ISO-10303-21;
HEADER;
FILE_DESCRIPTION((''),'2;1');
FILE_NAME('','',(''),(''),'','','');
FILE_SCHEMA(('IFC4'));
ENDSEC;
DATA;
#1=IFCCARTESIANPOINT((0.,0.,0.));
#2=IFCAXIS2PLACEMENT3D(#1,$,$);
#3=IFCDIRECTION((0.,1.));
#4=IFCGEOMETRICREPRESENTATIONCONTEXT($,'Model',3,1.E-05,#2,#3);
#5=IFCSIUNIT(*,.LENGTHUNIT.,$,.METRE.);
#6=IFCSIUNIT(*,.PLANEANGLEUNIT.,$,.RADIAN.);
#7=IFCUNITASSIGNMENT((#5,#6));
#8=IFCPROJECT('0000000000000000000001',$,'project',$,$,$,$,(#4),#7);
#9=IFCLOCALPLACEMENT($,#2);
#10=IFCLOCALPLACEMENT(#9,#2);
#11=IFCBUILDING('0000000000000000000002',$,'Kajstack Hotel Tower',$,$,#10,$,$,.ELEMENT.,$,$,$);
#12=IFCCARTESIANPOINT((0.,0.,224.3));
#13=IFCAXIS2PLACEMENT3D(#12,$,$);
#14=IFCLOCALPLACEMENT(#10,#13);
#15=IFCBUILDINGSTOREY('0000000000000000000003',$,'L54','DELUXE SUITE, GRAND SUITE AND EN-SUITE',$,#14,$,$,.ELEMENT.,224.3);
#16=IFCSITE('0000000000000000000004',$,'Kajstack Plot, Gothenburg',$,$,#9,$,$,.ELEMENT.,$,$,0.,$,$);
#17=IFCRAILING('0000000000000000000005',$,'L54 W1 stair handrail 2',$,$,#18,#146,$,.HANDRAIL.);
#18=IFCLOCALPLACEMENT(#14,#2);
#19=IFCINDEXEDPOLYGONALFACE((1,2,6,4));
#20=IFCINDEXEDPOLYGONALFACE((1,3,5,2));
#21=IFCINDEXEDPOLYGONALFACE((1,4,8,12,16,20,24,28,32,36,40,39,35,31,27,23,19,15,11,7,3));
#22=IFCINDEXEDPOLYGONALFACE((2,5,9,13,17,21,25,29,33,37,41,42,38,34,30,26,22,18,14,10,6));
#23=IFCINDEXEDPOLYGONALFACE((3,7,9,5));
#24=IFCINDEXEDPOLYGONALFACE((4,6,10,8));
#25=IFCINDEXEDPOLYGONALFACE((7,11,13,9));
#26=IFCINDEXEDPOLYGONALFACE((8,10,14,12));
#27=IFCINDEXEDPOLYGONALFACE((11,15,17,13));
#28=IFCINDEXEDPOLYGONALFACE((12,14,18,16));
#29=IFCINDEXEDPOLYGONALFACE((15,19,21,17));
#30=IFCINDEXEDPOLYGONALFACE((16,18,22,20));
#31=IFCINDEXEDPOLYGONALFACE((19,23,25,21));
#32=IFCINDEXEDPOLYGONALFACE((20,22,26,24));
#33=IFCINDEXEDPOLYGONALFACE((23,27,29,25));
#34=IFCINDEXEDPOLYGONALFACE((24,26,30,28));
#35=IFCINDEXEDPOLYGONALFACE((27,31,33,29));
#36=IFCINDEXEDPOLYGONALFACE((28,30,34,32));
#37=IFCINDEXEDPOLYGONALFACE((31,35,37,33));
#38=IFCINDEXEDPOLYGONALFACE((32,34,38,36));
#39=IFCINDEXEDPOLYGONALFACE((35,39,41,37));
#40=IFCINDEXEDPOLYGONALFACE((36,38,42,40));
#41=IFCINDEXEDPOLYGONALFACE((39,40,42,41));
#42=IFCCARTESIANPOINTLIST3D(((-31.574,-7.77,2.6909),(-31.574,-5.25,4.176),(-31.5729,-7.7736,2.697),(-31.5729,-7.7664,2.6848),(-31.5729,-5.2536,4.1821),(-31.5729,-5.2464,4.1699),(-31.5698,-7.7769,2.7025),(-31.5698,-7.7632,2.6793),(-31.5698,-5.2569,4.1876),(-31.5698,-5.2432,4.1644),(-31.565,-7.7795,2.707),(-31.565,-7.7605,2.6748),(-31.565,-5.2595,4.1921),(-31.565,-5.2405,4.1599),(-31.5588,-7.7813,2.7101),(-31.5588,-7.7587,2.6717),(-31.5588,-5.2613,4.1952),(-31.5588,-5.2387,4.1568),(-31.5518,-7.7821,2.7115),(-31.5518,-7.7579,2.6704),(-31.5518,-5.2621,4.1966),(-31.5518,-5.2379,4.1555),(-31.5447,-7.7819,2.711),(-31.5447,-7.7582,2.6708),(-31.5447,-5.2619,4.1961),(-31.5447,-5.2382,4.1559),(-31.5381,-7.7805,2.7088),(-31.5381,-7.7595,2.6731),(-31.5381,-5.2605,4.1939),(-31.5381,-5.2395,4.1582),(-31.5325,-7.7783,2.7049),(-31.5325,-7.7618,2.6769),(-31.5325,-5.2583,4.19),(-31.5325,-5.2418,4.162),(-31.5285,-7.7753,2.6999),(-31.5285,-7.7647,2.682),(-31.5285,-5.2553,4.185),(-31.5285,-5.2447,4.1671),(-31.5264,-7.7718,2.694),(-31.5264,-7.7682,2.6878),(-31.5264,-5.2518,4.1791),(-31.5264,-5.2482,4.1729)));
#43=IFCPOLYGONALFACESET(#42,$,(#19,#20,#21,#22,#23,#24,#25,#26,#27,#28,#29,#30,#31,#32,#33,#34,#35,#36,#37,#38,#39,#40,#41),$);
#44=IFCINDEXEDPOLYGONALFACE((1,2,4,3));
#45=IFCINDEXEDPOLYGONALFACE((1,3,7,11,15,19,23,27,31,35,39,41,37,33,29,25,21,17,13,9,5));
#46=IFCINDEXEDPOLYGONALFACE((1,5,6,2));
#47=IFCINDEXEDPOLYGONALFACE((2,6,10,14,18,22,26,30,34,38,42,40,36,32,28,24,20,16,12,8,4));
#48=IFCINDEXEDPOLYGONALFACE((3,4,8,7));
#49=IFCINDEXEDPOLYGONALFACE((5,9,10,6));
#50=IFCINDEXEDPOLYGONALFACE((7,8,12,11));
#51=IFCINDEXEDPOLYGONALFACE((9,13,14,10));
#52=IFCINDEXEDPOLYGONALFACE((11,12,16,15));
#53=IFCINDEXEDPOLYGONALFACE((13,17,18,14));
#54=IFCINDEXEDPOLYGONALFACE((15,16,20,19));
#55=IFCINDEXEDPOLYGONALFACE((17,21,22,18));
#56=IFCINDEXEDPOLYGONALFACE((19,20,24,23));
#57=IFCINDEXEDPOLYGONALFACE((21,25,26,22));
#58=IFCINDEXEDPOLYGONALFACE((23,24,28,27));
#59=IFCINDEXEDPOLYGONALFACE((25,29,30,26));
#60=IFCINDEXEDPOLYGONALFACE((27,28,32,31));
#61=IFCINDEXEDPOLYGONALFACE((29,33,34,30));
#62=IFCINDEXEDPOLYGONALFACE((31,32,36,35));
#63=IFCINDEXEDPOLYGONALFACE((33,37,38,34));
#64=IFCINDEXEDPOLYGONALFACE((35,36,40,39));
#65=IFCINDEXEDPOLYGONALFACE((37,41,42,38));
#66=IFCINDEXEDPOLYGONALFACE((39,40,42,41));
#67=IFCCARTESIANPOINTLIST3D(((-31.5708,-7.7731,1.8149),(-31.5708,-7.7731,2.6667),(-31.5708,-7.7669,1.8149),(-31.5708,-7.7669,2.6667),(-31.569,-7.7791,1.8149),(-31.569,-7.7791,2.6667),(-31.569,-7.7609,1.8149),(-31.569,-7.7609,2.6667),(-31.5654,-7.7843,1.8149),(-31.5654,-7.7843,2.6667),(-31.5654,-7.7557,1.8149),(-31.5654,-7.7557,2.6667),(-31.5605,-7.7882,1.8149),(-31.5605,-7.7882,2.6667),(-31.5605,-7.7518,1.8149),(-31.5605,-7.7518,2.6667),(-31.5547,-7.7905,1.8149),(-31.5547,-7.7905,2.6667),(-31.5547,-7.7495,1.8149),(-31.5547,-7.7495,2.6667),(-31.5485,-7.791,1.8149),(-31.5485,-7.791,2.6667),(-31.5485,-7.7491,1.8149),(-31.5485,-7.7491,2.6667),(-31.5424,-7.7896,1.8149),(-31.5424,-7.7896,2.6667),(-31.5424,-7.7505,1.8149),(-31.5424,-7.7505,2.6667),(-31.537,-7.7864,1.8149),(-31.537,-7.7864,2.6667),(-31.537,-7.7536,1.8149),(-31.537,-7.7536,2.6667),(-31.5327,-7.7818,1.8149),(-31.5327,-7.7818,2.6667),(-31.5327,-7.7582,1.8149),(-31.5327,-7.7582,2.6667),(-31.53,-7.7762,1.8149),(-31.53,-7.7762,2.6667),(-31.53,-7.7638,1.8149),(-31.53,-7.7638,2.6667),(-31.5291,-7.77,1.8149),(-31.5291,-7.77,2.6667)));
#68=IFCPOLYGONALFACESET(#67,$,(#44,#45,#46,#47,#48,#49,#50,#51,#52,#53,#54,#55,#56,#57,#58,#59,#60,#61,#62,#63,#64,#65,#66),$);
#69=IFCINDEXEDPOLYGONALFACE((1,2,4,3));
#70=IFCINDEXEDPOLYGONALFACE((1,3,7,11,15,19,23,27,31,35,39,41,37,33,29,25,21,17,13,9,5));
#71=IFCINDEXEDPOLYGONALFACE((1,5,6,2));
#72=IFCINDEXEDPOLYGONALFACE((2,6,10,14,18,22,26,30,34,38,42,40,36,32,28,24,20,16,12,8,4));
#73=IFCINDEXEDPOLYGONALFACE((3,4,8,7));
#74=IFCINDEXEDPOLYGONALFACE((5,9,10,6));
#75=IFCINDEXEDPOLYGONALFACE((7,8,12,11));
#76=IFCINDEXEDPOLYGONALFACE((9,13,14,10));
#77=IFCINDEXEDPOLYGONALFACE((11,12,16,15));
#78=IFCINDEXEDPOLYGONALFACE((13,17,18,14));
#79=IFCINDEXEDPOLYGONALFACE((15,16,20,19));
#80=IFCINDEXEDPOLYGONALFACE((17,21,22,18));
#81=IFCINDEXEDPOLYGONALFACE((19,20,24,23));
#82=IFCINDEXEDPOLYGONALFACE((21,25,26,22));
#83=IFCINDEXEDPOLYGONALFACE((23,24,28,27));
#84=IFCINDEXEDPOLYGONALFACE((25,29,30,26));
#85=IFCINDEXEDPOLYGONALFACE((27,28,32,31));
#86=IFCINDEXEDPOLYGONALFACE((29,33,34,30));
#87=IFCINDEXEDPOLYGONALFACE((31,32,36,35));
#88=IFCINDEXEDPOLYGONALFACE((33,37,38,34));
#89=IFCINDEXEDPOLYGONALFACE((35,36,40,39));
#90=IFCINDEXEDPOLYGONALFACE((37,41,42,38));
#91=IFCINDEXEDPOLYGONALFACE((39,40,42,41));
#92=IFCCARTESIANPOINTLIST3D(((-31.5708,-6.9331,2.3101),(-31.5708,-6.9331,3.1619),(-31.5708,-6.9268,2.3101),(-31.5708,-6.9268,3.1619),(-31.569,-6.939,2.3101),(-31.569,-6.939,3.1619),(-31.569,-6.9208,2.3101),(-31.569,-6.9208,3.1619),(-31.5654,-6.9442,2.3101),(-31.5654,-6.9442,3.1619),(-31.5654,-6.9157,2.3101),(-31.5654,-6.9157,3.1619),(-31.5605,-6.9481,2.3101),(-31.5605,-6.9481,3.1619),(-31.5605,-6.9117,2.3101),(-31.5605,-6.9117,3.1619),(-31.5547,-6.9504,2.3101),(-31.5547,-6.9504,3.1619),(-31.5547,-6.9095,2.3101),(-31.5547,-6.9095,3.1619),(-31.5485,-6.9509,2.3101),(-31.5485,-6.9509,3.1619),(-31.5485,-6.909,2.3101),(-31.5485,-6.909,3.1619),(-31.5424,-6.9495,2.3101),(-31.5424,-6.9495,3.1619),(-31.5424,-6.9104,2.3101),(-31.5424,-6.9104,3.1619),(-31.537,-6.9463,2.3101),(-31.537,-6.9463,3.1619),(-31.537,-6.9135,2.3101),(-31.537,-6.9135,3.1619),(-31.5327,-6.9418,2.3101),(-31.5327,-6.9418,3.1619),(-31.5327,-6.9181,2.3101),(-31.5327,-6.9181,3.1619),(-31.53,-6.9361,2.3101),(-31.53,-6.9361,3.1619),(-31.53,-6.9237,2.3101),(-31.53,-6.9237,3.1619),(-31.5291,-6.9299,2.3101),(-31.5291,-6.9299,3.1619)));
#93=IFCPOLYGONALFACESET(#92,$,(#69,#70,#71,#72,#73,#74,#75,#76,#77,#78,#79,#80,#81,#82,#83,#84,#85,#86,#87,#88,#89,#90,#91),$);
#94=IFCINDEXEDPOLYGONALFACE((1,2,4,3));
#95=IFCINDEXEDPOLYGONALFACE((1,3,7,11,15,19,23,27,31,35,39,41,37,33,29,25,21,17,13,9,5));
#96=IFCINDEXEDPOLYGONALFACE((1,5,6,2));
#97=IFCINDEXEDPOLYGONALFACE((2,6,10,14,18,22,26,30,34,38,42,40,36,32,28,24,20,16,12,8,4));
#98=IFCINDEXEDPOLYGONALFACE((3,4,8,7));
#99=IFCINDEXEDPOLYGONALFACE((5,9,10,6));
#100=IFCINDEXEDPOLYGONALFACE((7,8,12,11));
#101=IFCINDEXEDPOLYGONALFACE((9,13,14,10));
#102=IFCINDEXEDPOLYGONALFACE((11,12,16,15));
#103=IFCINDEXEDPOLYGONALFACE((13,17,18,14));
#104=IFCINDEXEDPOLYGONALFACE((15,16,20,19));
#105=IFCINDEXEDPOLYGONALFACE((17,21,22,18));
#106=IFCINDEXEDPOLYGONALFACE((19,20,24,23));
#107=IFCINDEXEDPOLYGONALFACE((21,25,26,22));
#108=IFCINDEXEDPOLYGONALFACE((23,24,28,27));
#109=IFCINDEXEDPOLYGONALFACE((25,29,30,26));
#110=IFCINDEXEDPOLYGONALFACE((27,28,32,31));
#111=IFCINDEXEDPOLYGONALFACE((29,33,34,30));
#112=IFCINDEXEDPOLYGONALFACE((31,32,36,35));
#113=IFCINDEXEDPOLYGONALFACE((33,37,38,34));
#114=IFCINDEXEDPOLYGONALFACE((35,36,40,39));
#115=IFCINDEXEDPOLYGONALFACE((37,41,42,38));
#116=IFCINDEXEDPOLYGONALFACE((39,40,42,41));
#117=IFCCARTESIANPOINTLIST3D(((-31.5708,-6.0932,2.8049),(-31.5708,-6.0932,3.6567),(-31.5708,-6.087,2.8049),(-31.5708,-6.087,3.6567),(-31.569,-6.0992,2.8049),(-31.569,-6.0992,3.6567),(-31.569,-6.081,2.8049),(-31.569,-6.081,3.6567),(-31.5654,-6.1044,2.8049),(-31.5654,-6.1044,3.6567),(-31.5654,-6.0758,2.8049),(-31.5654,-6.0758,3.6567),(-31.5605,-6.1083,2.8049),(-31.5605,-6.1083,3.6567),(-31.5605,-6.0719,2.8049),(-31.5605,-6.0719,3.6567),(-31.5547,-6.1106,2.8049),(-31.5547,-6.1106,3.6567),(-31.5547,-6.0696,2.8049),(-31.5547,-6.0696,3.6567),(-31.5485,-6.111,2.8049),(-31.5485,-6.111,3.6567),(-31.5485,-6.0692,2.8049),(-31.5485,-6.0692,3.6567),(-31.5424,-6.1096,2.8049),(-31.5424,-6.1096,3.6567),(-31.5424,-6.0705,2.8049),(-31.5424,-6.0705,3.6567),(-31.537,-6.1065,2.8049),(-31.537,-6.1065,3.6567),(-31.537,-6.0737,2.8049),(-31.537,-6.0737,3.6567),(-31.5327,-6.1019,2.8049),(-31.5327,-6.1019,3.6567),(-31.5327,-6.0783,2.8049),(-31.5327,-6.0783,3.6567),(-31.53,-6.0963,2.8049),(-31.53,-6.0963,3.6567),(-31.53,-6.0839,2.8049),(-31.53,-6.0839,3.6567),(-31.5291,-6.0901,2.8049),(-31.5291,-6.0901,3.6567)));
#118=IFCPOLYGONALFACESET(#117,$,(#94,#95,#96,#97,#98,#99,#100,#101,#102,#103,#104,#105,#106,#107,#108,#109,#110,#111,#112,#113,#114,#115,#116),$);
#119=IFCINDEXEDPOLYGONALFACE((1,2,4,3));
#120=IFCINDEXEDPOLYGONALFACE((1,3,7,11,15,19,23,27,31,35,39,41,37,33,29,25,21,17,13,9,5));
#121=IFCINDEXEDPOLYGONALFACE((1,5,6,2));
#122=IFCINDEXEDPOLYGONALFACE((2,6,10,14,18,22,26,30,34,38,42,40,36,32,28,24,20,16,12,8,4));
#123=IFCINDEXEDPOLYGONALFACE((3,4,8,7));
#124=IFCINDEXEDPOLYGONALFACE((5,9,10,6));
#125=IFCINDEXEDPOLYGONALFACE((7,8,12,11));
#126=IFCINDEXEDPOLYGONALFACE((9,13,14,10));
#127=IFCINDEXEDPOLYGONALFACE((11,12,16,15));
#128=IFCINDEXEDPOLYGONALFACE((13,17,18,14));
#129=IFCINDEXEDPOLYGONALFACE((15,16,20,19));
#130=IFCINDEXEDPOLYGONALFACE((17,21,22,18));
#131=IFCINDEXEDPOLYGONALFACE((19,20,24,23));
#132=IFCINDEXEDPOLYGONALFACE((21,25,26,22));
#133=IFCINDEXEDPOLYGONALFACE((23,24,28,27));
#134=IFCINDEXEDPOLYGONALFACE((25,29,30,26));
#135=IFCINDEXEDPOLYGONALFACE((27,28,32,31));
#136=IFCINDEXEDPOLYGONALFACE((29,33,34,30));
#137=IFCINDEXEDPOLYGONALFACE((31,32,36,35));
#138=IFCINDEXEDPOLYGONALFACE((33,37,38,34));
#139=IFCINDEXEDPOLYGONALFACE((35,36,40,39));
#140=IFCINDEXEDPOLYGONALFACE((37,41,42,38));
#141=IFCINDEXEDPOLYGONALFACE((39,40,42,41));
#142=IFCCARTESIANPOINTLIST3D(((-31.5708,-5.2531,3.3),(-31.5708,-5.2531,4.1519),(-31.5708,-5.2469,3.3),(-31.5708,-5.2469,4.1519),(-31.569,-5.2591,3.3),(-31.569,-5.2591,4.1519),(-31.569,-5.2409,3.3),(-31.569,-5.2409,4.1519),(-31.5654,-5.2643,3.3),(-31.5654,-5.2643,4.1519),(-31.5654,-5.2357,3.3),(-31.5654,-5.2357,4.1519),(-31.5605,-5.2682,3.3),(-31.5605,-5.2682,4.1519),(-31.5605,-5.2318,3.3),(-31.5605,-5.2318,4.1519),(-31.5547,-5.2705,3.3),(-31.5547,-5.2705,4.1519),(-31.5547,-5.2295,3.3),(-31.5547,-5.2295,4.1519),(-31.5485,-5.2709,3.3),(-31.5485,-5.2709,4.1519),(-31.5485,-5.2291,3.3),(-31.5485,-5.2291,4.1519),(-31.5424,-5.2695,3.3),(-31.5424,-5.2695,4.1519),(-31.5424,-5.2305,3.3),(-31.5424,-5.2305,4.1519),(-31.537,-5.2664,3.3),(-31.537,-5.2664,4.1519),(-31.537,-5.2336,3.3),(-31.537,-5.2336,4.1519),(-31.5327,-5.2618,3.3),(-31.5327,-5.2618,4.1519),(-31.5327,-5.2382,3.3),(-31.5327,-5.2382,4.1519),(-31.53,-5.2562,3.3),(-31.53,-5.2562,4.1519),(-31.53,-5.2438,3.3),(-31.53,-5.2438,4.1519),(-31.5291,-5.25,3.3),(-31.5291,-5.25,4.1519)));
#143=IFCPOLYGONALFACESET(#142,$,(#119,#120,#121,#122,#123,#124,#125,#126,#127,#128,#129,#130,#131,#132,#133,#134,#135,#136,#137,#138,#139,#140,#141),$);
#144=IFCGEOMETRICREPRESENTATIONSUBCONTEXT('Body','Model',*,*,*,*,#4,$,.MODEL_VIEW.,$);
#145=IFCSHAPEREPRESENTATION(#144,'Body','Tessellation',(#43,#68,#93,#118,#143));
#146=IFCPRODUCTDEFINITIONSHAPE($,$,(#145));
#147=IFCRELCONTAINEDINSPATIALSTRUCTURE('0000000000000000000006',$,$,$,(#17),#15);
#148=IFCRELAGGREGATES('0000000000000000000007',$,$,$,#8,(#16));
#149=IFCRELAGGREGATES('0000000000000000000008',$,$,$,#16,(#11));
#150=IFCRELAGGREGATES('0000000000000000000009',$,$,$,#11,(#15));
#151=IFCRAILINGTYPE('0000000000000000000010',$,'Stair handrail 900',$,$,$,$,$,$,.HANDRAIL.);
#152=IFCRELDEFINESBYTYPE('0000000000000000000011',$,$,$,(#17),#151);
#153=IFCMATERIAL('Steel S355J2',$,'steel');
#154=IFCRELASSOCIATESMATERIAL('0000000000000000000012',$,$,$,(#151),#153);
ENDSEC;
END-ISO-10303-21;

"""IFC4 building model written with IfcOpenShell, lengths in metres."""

from ifc_helpers import new_model, si_unit, direction, frame, origin, origin_2d, place, context, subcontext, project, spatial, circle, extrude, material, type_object, element, save


model = new_model("IFC4")

# Units and contexts
model_context = context("Model", 3, precision=1e-05, world=origin(), true_north=direction((0.0, 1.0)))
body_context = subcontext(model_context, "Body", "Model", "MODEL_VIEW")
ifc_project = project(units=[si_unit("LENGTHUNIT", "METRE"), si_unit("PLANEANGLEUNIT", "RADIAN")], contexts=[model_context])

# Site, building, storey
site_placement = place(None, origin())
site = spatial("IfcSite", under=ifc_project, at=site_placement, Name="Kajstack Plot, Gothenburg", CompositionType="ELEMENT", RefElevation=0.0)
building_placement = place(site_placement, origin())
building = spatial("IfcBuilding", under=site, at=building_placement, Name="Kajstack Hotel Tower", CompositionType="ELEMENT")
storey_placement = place(building_placement, frame((0.0, 0.0, 224.3)))
storey = spatial("IfcBuildingStorey", under=building, at=storey_placement, Name="L54", Description="DELUXE SUITE, GRAND SUITE AND EN-SUITE", CompositionType="ELEMENT", Elevation=224.3)

# Railing
ifc_material_1 = material(Name="Steel S355J2", Category="steel")
railing_type_1 = type_object("IfcRailingType", Name="Stair handrail 900", PredefinedType="HANDRAIL", material=ifc_material_1)
railing_1_placement = place(storey_placement, frame((-31.55, -7.77, 1.8149)))
element("IfcRailing", 1, at=railing_1_placement, inside=storey, type_object=railing_type_1, Name="L54 W1 stair handrail 2", PredefinedType="HANDRAIL", context=body_context, shape_type="SweptSolid", body=[
    extrude(circle(Radius=0.0239, at=origin_2d()), frame((0.0, 0.0, 0.876), z_axis=(0.0, 0.861524, 0.507717), x_axis=(-1.0, 0.0, 0.0)), (0.0, 0.0, 1.0), 2.925),
    extrude(circle(Radius=0.021, at=origin_2d()), origin(), (0.0, 0.0, 1.0), 0.8518),
    extrude(circle(Radius=0.021, at=origin_2d()), frame((0.0, 0.8401, 0.4951)), (0.0, 0.0, 1.0), 0.8518),
    extrude(circle(Radius=0.021, at=origin_2d()), frame((0.0, 1.6799, 0.99)), (0.0, 0.0, 1.0), 0.8518),
    extrude(circle(Radius=0.021, at=origin_2d()), frame((0.0, 2.52, 1.4851)), (0.0, 0.0, 1.0), 0.8518),
])

save(model, "model.ifc")
